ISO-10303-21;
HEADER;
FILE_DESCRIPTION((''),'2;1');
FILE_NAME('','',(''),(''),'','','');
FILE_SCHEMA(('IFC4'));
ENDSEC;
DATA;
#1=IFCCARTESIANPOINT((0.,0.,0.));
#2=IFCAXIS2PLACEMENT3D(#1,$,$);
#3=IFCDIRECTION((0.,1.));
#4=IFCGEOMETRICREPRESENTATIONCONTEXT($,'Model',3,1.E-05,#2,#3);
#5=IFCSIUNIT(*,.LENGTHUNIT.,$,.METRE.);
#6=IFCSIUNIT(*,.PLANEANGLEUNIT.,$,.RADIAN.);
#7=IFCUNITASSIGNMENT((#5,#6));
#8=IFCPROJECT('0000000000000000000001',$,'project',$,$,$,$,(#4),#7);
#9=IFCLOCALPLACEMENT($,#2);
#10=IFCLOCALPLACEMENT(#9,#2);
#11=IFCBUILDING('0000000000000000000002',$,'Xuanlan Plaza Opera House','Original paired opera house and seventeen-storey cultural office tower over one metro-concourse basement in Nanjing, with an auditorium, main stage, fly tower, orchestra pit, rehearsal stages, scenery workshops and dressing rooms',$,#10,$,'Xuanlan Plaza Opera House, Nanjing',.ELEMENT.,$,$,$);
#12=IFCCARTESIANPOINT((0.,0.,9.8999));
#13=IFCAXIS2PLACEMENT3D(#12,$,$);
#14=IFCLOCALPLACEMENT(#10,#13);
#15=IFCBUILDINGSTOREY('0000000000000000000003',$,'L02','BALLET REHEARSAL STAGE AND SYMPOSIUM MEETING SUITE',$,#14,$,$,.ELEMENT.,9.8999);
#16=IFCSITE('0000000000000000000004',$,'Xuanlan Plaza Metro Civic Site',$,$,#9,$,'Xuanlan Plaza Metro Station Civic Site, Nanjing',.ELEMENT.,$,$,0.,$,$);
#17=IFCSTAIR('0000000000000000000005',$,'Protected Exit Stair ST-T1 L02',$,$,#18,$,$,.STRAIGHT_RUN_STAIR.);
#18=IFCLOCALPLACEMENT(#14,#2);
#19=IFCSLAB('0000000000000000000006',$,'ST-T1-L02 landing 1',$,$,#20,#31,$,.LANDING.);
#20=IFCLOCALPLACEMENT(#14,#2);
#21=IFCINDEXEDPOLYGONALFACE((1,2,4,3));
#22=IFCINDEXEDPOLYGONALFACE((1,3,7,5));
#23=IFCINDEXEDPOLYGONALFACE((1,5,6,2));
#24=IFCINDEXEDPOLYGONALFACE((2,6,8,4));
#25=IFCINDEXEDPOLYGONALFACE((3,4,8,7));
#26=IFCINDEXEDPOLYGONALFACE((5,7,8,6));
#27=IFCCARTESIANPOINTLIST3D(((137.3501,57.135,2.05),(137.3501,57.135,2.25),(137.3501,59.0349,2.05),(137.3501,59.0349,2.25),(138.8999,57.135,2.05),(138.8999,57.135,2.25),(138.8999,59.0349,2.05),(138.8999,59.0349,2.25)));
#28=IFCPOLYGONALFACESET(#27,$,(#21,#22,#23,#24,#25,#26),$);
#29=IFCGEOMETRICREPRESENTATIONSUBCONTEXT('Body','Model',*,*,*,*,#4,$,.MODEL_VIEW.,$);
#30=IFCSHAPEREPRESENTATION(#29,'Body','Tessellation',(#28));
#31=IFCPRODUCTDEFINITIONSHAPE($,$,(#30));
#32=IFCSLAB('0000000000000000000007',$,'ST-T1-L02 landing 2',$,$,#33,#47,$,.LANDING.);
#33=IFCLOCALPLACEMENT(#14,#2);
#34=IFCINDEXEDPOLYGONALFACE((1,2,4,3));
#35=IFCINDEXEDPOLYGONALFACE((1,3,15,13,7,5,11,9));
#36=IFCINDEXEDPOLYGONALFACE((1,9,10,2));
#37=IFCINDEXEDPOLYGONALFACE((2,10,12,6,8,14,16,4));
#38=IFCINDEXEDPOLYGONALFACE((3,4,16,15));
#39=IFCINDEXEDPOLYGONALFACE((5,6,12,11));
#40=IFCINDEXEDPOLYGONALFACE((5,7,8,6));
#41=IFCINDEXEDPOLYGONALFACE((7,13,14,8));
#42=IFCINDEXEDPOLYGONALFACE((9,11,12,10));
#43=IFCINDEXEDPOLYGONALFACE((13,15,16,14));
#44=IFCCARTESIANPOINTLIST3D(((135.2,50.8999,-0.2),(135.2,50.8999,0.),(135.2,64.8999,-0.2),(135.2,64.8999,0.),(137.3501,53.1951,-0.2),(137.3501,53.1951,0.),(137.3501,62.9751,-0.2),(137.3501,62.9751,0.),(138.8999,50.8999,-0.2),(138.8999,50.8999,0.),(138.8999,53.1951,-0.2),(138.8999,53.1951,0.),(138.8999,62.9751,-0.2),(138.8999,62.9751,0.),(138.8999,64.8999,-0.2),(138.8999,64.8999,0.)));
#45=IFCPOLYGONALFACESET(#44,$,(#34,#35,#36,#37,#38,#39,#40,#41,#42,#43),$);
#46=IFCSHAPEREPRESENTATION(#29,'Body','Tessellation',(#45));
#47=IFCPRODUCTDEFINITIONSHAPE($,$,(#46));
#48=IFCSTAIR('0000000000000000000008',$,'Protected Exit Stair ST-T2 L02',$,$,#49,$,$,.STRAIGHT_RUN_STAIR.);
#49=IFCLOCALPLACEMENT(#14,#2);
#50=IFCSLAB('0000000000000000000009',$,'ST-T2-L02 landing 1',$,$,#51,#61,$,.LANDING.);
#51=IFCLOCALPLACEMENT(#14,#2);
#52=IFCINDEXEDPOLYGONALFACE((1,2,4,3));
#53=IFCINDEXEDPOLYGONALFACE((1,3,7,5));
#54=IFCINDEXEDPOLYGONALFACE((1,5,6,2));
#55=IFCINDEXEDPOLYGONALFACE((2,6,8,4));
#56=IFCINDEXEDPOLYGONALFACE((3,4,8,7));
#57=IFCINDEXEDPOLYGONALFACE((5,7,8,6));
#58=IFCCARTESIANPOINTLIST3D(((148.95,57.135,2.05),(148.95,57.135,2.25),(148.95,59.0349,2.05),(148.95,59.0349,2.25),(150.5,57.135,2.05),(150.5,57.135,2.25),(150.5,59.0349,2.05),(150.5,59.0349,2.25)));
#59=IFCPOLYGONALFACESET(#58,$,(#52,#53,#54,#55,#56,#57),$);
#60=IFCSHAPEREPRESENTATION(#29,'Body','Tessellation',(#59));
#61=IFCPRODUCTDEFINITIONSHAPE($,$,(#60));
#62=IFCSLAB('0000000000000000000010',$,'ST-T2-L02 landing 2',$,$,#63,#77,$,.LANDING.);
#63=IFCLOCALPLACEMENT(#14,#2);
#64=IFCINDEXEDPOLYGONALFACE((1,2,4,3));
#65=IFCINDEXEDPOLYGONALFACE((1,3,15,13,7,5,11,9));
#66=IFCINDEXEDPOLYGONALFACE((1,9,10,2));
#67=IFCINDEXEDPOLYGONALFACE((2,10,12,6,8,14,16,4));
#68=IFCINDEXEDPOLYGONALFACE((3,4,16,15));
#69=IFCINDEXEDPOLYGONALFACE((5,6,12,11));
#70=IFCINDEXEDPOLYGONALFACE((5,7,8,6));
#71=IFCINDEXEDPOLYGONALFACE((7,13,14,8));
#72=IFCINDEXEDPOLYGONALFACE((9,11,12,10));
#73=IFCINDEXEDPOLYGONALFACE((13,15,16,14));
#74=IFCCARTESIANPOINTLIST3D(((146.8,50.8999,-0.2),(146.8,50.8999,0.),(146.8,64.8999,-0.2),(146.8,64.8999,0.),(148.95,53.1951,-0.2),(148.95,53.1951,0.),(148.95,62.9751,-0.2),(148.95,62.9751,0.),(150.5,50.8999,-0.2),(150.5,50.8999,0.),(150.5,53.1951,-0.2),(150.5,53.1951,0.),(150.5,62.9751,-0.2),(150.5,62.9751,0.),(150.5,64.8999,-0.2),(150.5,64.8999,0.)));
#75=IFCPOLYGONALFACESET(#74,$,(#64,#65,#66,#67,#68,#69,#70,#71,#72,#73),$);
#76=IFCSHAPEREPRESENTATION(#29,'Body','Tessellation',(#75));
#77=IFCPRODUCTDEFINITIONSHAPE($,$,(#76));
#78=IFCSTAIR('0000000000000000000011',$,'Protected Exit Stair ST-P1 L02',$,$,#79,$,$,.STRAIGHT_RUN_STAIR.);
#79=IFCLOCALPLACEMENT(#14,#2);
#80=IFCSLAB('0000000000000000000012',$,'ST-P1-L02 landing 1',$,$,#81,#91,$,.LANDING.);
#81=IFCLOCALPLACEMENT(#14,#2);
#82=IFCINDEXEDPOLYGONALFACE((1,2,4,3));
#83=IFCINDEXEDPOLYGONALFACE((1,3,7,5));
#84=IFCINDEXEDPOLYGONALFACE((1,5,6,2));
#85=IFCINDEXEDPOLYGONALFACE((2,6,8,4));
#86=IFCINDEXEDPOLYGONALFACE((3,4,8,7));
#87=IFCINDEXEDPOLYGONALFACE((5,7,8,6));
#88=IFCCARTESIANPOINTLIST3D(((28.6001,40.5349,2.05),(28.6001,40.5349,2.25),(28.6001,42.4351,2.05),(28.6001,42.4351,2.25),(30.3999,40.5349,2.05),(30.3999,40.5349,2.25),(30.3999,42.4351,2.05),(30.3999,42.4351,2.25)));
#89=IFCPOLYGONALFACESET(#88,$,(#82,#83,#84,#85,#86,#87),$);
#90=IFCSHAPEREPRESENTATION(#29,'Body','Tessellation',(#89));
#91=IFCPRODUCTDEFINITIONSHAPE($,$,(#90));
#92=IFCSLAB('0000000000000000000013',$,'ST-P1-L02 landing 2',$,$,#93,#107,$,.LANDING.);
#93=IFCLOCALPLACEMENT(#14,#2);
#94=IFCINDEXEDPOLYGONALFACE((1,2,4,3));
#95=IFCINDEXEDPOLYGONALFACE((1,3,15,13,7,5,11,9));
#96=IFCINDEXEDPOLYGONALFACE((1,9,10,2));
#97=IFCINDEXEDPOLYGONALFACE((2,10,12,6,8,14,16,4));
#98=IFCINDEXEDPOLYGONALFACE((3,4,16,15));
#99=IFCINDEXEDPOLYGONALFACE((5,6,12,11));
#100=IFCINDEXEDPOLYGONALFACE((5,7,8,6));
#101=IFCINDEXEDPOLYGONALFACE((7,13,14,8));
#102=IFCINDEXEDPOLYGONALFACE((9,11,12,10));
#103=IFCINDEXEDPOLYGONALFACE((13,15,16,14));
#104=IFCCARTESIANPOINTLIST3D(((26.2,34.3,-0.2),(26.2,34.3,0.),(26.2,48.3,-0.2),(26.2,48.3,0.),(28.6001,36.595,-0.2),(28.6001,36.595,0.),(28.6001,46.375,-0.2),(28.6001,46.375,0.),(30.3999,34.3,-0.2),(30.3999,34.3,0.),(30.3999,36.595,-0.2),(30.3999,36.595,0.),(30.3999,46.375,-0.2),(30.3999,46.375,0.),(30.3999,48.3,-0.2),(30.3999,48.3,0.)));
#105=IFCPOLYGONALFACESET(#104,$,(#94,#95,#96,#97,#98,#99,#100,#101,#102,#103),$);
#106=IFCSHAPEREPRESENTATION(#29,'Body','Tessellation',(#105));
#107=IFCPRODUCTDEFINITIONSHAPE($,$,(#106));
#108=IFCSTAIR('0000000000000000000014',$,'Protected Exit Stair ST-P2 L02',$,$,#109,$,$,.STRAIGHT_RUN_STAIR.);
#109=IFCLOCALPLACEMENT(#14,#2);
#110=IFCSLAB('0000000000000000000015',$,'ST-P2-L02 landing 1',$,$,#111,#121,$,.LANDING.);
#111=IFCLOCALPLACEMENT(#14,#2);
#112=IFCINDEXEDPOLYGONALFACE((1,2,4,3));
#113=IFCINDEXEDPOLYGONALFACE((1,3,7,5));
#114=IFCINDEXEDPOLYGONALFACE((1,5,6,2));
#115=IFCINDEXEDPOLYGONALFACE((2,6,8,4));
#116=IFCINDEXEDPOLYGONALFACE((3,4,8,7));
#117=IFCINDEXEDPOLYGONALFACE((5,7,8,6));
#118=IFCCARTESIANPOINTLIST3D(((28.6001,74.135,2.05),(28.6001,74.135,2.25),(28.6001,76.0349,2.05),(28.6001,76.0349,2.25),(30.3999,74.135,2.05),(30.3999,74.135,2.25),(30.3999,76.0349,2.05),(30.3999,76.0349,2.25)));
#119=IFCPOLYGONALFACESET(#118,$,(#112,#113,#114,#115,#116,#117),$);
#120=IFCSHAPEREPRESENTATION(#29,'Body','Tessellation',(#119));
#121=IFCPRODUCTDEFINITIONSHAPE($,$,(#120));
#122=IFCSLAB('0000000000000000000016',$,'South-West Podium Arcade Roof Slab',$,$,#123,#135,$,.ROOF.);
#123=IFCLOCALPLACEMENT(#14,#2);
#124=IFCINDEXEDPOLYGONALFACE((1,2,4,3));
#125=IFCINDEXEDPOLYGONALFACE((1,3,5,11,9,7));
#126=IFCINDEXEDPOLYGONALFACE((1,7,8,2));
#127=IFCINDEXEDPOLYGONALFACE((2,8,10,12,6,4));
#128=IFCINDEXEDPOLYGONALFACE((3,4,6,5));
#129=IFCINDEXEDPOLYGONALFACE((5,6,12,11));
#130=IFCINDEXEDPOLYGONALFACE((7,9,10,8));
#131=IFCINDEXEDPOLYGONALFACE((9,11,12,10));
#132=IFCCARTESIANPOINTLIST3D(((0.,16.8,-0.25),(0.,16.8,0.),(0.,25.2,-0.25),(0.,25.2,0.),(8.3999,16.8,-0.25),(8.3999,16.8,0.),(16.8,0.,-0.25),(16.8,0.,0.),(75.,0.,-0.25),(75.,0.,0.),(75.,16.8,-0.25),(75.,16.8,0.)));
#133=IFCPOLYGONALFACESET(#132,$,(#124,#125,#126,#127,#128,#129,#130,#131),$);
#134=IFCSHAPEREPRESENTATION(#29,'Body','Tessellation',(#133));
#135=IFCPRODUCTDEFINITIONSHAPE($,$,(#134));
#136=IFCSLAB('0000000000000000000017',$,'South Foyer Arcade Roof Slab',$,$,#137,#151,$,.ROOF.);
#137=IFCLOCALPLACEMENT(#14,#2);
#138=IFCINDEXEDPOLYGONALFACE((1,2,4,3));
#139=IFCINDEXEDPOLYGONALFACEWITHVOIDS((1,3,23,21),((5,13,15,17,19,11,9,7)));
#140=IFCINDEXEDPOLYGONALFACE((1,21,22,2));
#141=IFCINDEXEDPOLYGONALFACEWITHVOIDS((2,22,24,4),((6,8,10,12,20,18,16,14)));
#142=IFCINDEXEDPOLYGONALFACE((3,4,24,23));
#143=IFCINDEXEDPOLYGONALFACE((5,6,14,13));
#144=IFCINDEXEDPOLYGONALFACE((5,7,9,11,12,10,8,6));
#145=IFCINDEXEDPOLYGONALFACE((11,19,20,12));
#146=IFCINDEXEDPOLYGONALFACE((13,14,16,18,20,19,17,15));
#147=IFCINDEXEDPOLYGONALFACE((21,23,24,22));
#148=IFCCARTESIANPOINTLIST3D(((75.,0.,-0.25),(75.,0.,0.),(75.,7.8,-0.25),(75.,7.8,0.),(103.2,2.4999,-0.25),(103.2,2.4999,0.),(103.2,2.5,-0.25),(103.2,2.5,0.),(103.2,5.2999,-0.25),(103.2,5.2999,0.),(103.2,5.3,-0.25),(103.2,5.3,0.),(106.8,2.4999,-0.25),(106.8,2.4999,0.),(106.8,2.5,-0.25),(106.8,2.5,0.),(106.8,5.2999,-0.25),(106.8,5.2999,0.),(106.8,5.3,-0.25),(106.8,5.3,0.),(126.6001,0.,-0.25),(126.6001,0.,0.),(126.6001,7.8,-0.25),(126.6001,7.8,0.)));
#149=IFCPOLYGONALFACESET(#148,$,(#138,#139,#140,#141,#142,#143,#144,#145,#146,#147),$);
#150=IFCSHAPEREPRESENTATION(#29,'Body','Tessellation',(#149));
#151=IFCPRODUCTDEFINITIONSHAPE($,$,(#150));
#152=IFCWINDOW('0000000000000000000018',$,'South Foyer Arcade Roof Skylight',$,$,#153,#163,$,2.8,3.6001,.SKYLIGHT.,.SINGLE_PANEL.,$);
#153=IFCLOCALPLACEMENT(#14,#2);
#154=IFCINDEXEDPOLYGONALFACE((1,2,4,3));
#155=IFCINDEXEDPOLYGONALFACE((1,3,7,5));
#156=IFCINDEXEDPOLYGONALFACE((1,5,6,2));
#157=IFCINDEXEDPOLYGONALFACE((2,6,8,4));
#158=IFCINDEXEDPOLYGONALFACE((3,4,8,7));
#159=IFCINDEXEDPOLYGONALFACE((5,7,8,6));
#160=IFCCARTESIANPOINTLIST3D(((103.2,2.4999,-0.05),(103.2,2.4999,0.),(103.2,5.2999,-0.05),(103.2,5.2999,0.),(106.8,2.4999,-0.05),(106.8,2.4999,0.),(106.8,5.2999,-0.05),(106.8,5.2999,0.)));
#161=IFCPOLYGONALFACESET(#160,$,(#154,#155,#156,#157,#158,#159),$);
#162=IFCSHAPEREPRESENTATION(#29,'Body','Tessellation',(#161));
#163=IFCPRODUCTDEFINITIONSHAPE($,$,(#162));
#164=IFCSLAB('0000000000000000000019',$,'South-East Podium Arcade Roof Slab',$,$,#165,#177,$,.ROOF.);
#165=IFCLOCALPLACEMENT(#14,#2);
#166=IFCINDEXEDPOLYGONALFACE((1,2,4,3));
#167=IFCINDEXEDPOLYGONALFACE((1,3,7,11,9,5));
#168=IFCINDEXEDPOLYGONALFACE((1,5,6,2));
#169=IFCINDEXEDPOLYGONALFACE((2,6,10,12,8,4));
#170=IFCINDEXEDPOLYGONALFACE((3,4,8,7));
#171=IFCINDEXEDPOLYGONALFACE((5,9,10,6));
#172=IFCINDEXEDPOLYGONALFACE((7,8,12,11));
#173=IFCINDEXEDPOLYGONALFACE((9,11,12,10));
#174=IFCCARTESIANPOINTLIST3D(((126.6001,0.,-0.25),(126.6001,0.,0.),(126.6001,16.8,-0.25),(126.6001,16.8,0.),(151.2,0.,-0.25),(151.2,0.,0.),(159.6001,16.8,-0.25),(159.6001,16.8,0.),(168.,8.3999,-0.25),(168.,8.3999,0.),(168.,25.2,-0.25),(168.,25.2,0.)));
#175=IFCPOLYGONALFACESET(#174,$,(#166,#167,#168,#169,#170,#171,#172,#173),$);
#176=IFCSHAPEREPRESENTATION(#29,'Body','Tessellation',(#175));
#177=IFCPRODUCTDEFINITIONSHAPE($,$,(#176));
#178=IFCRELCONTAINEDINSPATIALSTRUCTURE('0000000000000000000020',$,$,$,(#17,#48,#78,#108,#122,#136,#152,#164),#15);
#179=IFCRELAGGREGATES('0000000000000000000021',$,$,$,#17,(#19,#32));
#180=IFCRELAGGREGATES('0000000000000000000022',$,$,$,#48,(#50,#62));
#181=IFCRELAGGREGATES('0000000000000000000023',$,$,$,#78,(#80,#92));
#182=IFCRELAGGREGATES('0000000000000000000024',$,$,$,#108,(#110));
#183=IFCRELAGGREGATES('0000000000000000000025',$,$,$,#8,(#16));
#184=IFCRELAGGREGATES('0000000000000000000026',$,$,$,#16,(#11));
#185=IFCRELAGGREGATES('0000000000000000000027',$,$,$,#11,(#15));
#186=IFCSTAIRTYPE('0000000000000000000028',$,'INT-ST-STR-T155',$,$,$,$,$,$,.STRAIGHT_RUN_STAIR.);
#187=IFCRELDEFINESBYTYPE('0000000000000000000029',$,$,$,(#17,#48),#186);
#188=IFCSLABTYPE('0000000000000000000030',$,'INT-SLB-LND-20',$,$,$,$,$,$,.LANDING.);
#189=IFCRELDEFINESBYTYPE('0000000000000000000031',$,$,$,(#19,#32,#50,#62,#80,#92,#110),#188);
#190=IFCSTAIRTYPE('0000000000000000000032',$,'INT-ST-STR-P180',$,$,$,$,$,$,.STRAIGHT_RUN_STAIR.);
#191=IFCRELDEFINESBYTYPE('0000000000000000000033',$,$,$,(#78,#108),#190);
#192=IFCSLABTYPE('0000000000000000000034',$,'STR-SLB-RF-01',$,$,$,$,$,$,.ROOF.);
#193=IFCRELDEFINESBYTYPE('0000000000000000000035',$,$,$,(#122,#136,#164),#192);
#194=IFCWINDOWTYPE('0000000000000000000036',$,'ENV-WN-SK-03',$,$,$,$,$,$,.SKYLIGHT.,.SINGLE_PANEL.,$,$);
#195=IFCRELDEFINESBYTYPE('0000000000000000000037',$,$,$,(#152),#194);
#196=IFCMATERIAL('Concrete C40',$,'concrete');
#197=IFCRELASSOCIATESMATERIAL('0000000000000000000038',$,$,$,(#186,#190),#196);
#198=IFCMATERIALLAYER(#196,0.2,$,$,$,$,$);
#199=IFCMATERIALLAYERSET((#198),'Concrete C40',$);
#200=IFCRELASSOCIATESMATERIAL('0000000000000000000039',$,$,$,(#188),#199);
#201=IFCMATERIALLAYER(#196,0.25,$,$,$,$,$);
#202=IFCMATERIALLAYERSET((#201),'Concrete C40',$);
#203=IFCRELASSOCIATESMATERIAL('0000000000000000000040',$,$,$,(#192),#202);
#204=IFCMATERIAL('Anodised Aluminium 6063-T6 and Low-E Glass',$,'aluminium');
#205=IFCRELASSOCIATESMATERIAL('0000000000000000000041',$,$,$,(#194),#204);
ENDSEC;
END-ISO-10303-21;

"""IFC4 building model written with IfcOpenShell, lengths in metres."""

from ifc_helpers import new_model, si_unit, direction, frame, origin, origin_2d, place, context, subcontext, project, spatial, polyline, rectangle, outline, extrude, material, layer, layer_set, type_object, element, fill, aggregate, save


model = new_model("IFC4")

# Units and contexts
model_context = context("Model", 3, precision=1e-05, world=origin(), true_north=direction((0.0, 1.0)))
body_context = subcontext(model_context, "Body", "Model", "MODEL_VIEW")
ifc_project = project(units=[si_unit("LENGTHUNIT", "METRE"), si_unit("PLANEANGLEUNIT", "RADIAN")], contexts=[model_context])

# Site, building, storey
site_placement = place(None, origin())
site = spatial("IfcSite", under=ifc_project, at=site_placement, Name="Xuanlan Plaza Metro Civic Site", LongName="Xuanlan Plaza Metro Station Civic Site, Nanjing", CompositionType="ELEMENT", RefElevation=0.0)
building_placement = place(site_placement, origin())
building = spatial("IfcBuilding", under=site, at=building_placement, Name="Xuanlan Plaza Opera House", Description="Original paired opera house and seventeen-storey cultural office tower over one metro-concourse basement in Nanjing, with an auditorium, main stage, fly tower, orchestra pit, rehearsal stages, scenery workshops and dressing rooms", LongName="Xuanlan Plaza Opera House, Nanjing", CompositionType="ELEMENT")
storey_placement = place(building_placement, frame((0.0, 0.0, 9.8999)))
storey = spatial("IfcBuildingStorey", under=building, at=storey_placement, Name="L02", Description="BALLET REHEARSAL STAGE AND SYMPOSIUM MEETING SUITE", CompositionType="ELEMENT", Elevation=9.8999)

# Stairs, slabs
ifc_material_1 = material(Name="Concrete C40", Category="concrete")
stair_type_1 = type_object("IfcStairType", Name="INT-ST-STR-T155", PredefinedType="STRAIGHT_RUN_STAIR", material=ifc_material_1)
stair_1_placement = place(storey_placement, origin())
stair_1 = element("IfcStair", 1, at=stair_1_placement, inside=storey, type_object=stair_type_1, Name="Protected Exit Stair ST-T1 L02", PredefinedType="STRAIGHT_RUN_STAIR")
ifc_layer_1 = layer(ifc_material_1, 0.2)
ifc_layer_set_1 = layer_set([ifc_layer_1], Name="Concrete C40")
slab_type_1 = type_object("IfcSlabType", Name="INT-SLB-LND-20", PredefinedType="LANDING", material=ifc_layer_set_1)
slab_1_placement = place(storey_placement, frame((0.0, 0.0, 2.05)))
slab_1 = element("IfcSlab", 2, at=slab_1_placement, type_object=slab_type_1, Name="ST-T1-L02 landing 1", PredefinedType="LANDING", context=body_context, shape_type="SweptSolid", body=[
    extrude(outline(polyline([(137.3501, 57.135), (138.8999, 57.135), (138.8999, 59.0349), (137.3501, 59.0349), (137.3501, 57.135)])), origin(), (0.0, 0.0, 1.0), 0.2),
])
slab_2_placement = place(storey_placement, frame((0.0, 0.0, -0.2)))
slab_2 = element("IfcSlab", 3, at=slab_2_placement, type_object=slab_type_1, Name="ST-T1-L02 landing 2", PredefinedType="LANDING", context=body_context, shape_type="SweptSolid", body=[
    extrude(outline(polyline([(135.2, 50.8999), (138.8999, 50.8999), (138.8999, 53.1951), (137.3501, 53.1951), (137.3501, 62.9751), (138.8999, 62.9751), (138.8999, 64.8999), (135.2, 64.8999), (135.2, 50.8999)])), origin(), (0.0, 0.0, 1.0), 0.2),
])
aggregate(stair_1, [slab_1, slab_2])
stair_2_placement = place(storey_placement, origin())
stair_2 = element("IfcStair", 4, at=stair_2_placement, inside=storey, type_object=stair_type_1, Name="Protected Exit Stair ST-T2 L02", PredefinedType="STRAIGHT_RUN_STAIR")
slab_3_placement = place(storey_placement, frame((0.0, 0.0, 2.05)))
slab_3 = element("IfcSlab", 5, at=slab_3_placement, type_object=slab_type_1, Name="ST-T2-L02 landing 1", PredefinedType="LANDING", context=body_context, shape_type="SweptSolid", body=[
    extrude(outline(polyline([(148.95, 57.135), (150.5, 57.135), (150.5, 59.0349), (148.95, 59.0349), (148.95, 57.135)])), origin(), (0.0, 0.0, 1.0), 0.2),
])
slab_4_placement = place(storey_placement, frame((0.0, 0.0, -0.2)))
slab_4 = element("IfcSlab", 6, at=slab_4_placement, type_object=slab_type_1, Name="ST-T2-L02 landing 2", PredefinedType="LANDING", context=body_context, shape_type="SweptSolid", body=[
    extrude(outline(polyline([(146.8, 50.8999), (150.5, 50.8999), (150.5, 53.1951), (148.95, 53.1951), (148.95, 62.9751), (150.5, 62.9751), (150.5, 64.8999), (146.8, 64.8999), (146.8, 50.8999)])), origin(), (0.0, 0.0, 1.0), 0.2),
])
aggregate(stair_2, [slab_3, slab_4])
stair_type_2 = type_object("IfcStairType", Name="INT-ST-STR-P180", PredefinedType="STRAIGHT_RUN_STAIR", material=ifc_material_1)
stair_3_placement = place(storey_placement, origin())
stair_3 = element("IfcStair", 7, at=stair_3_placement, inside=storey, type_object=stair_type_2, Name="Protected Exit Stair ST-P1 L02", PredefinedType="STRAIGHT_RUN_STAIR")
slab_5_placement = place(storey_placement, frame((0.0, 0.0, 2.05)))
slab_5 = element("IfcSlab", 8, at=slab_5_placement, type_object=slab_type_1, Name="ST-P1-L02 landing 1", PredefinedType="LANDING", context=body_context, shape_type="SweptSolid", body=[
    extrude(outline(polyline([(28.6001, 40.5349), (30.3999, 40.5349), (30.3999, 42.4351), (28.6001, 42.4351), (28.6001, 40.5349)])), origin(), (0.0, 0.0, 1.0), 0.2),
])
slab_6_placement = place(storey_placement, frame((0.0, 0.0, -0.2)))
slab_6 = element("IfcSlab", 9, at=slab_6_placement, type_object=slab_type_1, Name="ST-P1-L02 landing 2", PredefinedType="LANDING", context=body_context, shape_type="SweptSolid", body=[
    extrude(outline(polyline([(26.2, 34.3), (30.3999, 34.3), (30.3999, 36.595), (28.6001, 36.595), (28.6001, 46.375), (30.3999, 46.375), (30.3999, 48.3), (26.2, 48.3), (26.2, 34.3)])), origin(), (0.0, 0.0, 1.0), 0.2),
])
aggregate(stair_3, [slab_5, slab_6])

# Stair, slab
stair_4_placement = place(storey_placement, origin())
stair_4 = element("IfcStair", 10, at=stair_4_placement, inside=storey, type_object=stair_type_2, Name="Protected Exit Stair ST-P2 L02", PredefinedType="STRAIGHT_RUN_STAIR")
slab_7_placement = place(storey_placement, frame((0.0, 0.0, 2.05)))
slab_7 = element("IfcSlab", 11, at=slab_7_placement, type_object=slab_type_1, Name="ST-P2-L02 landing 1", PredefinedType="LANDING", context=body_context, shape_type="SweptSolid", body=[
    extrude(outline(polyline([(28.6001, 74.135), (30.3999, 74.135), (30.3999, 76.0349), (28.6001, 76.0349), (28.6001, 74.135)])), origin(), (0.0, 0.0, 1.0), 0.2),
])
aggregate(stair_4, [slab_7])

# Slab
ifc_layer_2 = layer(ifc_material_1, 0.25)
ifc_layer_set_2 = layer_set([ifc_layer_2], Name="Concrete C40")
slab_type_2 = type_object("IfcSlabType", Name="STR-SLB-RF-01", PredefinedType="ROOF", material=ifc_layer_set_2)
slab_8_placement = place(storey_placement, frame((0.0, 0.0, -0.25)))
element("IfcSlab", 12, at=slab_8_placement, inside=storey, type_object=slab_type_2, Name="South-West Podium Arcade Roof Slab", PredefinedType="ROOF", context=body_context, shape_type="SweptSolid", body=[
    extrude(outline(polyline([(16.8, 0.0), (75.0, 0.0), (75.0, 16.8), (8.3999, 16.8), (0.0, 25.2), (0.0, 16.8), (16.8, 0.0)])), origin(), (0.0, 0.0, 1.0), 0.25),
])

# Slab, opening, window
slab_9_placement = place(storey_placement, frame((0.0, 0.0, -0.25)))
slab_9 = element("IfcSlab", 13, at=slab_9_placement, inside=storey, type_object=slab_type_2, Name="South Foyer Arcade Roof Slab", PredefinedType="ROOF", context=body_context, shape_type="SweptSolid", body=[
    extrude(outline(polyline([(75.0, 0.0), (126.6001, 0.0), (126.6001, 7.8), (75.0, 7.8), (75.0, 0.0)]), holes=[polyline([(103.2, 2.5), (106.8, 2.5), (106.8, 5.3), (103.2, 5.3), (103.2, 2.5)])]), origin(), (0.0, 0.0, 1.0), 0.25),
])
opening_1_placement = place(slab_9_placement, frame((105.0, 3.8999, 0.0)))
opening_1 = element("IfcOpeningElement", 14, at=opening_1_placement, cuts=slab_9, PredefinedType="OPENING", context=body_context, shape_type="SweptSolid", body=[
    extrude(rectangle(XDim=3.6001, YDim=2.8, at=origin_2d()), origin(), (0.0, 0.0, 1.0), 0.25),
])
ifc_material_2 = material(Name="Anodised Aluminium 6063-T6 and Low-E Glass", Category="aluminium")
window_type = type_object("IfcWindowType", Name="ENV-WN-SK-03", PartitioningType="SINGLE_PANEL", PredefinedType="SKYLIGHT", material=ifc_material_2)
window_1_placement = place(opening_1_placement, frame((0.0, 0.0, 0.2)))
window_1 = element("IfcWindow", 15, at=window_1_placement, inside=storey, type_object=window_type, Name="South Foyer Arcade Roof Skylight", OverallHeight=2.8, OverallWidth=3.6001, PartitioningType="SINGLE_PANEL", PredefinedType="SKYLIGHT", context=body_context, shape_type="SweptSolid", body=[
    extrude(rectangle(XDim=3.6001, YDim=2.8, at=origin_2d()), origin(), (0.0, 0.0, 1.0), 0.05),
])
fill(opening_1, window_1)

# Slab
slab_10_placement = place(storey_placement, frame((0.0, 0.0, -0.25)))
element("IfcSlab", 16, at=slab_10_placement, inside=storey, type_object=slab_type_2, Name="South-East Podium Arcade Roof Slab", PredefinedType="ROOF", context=body_context, shape_type="SweptSolid", body=[
    extrude(outline(polyline([(126.6001, 0.0), (151.2, 0.0), (168.0, 8.3999), (168.0, 25.2), (159.6001, 16.8), (126.6001, 16.8), (126.6001, 0.0)])), origin(), (0.0, 0.0, 1.0), 0.25),
])

save(model, "model.ifc")
